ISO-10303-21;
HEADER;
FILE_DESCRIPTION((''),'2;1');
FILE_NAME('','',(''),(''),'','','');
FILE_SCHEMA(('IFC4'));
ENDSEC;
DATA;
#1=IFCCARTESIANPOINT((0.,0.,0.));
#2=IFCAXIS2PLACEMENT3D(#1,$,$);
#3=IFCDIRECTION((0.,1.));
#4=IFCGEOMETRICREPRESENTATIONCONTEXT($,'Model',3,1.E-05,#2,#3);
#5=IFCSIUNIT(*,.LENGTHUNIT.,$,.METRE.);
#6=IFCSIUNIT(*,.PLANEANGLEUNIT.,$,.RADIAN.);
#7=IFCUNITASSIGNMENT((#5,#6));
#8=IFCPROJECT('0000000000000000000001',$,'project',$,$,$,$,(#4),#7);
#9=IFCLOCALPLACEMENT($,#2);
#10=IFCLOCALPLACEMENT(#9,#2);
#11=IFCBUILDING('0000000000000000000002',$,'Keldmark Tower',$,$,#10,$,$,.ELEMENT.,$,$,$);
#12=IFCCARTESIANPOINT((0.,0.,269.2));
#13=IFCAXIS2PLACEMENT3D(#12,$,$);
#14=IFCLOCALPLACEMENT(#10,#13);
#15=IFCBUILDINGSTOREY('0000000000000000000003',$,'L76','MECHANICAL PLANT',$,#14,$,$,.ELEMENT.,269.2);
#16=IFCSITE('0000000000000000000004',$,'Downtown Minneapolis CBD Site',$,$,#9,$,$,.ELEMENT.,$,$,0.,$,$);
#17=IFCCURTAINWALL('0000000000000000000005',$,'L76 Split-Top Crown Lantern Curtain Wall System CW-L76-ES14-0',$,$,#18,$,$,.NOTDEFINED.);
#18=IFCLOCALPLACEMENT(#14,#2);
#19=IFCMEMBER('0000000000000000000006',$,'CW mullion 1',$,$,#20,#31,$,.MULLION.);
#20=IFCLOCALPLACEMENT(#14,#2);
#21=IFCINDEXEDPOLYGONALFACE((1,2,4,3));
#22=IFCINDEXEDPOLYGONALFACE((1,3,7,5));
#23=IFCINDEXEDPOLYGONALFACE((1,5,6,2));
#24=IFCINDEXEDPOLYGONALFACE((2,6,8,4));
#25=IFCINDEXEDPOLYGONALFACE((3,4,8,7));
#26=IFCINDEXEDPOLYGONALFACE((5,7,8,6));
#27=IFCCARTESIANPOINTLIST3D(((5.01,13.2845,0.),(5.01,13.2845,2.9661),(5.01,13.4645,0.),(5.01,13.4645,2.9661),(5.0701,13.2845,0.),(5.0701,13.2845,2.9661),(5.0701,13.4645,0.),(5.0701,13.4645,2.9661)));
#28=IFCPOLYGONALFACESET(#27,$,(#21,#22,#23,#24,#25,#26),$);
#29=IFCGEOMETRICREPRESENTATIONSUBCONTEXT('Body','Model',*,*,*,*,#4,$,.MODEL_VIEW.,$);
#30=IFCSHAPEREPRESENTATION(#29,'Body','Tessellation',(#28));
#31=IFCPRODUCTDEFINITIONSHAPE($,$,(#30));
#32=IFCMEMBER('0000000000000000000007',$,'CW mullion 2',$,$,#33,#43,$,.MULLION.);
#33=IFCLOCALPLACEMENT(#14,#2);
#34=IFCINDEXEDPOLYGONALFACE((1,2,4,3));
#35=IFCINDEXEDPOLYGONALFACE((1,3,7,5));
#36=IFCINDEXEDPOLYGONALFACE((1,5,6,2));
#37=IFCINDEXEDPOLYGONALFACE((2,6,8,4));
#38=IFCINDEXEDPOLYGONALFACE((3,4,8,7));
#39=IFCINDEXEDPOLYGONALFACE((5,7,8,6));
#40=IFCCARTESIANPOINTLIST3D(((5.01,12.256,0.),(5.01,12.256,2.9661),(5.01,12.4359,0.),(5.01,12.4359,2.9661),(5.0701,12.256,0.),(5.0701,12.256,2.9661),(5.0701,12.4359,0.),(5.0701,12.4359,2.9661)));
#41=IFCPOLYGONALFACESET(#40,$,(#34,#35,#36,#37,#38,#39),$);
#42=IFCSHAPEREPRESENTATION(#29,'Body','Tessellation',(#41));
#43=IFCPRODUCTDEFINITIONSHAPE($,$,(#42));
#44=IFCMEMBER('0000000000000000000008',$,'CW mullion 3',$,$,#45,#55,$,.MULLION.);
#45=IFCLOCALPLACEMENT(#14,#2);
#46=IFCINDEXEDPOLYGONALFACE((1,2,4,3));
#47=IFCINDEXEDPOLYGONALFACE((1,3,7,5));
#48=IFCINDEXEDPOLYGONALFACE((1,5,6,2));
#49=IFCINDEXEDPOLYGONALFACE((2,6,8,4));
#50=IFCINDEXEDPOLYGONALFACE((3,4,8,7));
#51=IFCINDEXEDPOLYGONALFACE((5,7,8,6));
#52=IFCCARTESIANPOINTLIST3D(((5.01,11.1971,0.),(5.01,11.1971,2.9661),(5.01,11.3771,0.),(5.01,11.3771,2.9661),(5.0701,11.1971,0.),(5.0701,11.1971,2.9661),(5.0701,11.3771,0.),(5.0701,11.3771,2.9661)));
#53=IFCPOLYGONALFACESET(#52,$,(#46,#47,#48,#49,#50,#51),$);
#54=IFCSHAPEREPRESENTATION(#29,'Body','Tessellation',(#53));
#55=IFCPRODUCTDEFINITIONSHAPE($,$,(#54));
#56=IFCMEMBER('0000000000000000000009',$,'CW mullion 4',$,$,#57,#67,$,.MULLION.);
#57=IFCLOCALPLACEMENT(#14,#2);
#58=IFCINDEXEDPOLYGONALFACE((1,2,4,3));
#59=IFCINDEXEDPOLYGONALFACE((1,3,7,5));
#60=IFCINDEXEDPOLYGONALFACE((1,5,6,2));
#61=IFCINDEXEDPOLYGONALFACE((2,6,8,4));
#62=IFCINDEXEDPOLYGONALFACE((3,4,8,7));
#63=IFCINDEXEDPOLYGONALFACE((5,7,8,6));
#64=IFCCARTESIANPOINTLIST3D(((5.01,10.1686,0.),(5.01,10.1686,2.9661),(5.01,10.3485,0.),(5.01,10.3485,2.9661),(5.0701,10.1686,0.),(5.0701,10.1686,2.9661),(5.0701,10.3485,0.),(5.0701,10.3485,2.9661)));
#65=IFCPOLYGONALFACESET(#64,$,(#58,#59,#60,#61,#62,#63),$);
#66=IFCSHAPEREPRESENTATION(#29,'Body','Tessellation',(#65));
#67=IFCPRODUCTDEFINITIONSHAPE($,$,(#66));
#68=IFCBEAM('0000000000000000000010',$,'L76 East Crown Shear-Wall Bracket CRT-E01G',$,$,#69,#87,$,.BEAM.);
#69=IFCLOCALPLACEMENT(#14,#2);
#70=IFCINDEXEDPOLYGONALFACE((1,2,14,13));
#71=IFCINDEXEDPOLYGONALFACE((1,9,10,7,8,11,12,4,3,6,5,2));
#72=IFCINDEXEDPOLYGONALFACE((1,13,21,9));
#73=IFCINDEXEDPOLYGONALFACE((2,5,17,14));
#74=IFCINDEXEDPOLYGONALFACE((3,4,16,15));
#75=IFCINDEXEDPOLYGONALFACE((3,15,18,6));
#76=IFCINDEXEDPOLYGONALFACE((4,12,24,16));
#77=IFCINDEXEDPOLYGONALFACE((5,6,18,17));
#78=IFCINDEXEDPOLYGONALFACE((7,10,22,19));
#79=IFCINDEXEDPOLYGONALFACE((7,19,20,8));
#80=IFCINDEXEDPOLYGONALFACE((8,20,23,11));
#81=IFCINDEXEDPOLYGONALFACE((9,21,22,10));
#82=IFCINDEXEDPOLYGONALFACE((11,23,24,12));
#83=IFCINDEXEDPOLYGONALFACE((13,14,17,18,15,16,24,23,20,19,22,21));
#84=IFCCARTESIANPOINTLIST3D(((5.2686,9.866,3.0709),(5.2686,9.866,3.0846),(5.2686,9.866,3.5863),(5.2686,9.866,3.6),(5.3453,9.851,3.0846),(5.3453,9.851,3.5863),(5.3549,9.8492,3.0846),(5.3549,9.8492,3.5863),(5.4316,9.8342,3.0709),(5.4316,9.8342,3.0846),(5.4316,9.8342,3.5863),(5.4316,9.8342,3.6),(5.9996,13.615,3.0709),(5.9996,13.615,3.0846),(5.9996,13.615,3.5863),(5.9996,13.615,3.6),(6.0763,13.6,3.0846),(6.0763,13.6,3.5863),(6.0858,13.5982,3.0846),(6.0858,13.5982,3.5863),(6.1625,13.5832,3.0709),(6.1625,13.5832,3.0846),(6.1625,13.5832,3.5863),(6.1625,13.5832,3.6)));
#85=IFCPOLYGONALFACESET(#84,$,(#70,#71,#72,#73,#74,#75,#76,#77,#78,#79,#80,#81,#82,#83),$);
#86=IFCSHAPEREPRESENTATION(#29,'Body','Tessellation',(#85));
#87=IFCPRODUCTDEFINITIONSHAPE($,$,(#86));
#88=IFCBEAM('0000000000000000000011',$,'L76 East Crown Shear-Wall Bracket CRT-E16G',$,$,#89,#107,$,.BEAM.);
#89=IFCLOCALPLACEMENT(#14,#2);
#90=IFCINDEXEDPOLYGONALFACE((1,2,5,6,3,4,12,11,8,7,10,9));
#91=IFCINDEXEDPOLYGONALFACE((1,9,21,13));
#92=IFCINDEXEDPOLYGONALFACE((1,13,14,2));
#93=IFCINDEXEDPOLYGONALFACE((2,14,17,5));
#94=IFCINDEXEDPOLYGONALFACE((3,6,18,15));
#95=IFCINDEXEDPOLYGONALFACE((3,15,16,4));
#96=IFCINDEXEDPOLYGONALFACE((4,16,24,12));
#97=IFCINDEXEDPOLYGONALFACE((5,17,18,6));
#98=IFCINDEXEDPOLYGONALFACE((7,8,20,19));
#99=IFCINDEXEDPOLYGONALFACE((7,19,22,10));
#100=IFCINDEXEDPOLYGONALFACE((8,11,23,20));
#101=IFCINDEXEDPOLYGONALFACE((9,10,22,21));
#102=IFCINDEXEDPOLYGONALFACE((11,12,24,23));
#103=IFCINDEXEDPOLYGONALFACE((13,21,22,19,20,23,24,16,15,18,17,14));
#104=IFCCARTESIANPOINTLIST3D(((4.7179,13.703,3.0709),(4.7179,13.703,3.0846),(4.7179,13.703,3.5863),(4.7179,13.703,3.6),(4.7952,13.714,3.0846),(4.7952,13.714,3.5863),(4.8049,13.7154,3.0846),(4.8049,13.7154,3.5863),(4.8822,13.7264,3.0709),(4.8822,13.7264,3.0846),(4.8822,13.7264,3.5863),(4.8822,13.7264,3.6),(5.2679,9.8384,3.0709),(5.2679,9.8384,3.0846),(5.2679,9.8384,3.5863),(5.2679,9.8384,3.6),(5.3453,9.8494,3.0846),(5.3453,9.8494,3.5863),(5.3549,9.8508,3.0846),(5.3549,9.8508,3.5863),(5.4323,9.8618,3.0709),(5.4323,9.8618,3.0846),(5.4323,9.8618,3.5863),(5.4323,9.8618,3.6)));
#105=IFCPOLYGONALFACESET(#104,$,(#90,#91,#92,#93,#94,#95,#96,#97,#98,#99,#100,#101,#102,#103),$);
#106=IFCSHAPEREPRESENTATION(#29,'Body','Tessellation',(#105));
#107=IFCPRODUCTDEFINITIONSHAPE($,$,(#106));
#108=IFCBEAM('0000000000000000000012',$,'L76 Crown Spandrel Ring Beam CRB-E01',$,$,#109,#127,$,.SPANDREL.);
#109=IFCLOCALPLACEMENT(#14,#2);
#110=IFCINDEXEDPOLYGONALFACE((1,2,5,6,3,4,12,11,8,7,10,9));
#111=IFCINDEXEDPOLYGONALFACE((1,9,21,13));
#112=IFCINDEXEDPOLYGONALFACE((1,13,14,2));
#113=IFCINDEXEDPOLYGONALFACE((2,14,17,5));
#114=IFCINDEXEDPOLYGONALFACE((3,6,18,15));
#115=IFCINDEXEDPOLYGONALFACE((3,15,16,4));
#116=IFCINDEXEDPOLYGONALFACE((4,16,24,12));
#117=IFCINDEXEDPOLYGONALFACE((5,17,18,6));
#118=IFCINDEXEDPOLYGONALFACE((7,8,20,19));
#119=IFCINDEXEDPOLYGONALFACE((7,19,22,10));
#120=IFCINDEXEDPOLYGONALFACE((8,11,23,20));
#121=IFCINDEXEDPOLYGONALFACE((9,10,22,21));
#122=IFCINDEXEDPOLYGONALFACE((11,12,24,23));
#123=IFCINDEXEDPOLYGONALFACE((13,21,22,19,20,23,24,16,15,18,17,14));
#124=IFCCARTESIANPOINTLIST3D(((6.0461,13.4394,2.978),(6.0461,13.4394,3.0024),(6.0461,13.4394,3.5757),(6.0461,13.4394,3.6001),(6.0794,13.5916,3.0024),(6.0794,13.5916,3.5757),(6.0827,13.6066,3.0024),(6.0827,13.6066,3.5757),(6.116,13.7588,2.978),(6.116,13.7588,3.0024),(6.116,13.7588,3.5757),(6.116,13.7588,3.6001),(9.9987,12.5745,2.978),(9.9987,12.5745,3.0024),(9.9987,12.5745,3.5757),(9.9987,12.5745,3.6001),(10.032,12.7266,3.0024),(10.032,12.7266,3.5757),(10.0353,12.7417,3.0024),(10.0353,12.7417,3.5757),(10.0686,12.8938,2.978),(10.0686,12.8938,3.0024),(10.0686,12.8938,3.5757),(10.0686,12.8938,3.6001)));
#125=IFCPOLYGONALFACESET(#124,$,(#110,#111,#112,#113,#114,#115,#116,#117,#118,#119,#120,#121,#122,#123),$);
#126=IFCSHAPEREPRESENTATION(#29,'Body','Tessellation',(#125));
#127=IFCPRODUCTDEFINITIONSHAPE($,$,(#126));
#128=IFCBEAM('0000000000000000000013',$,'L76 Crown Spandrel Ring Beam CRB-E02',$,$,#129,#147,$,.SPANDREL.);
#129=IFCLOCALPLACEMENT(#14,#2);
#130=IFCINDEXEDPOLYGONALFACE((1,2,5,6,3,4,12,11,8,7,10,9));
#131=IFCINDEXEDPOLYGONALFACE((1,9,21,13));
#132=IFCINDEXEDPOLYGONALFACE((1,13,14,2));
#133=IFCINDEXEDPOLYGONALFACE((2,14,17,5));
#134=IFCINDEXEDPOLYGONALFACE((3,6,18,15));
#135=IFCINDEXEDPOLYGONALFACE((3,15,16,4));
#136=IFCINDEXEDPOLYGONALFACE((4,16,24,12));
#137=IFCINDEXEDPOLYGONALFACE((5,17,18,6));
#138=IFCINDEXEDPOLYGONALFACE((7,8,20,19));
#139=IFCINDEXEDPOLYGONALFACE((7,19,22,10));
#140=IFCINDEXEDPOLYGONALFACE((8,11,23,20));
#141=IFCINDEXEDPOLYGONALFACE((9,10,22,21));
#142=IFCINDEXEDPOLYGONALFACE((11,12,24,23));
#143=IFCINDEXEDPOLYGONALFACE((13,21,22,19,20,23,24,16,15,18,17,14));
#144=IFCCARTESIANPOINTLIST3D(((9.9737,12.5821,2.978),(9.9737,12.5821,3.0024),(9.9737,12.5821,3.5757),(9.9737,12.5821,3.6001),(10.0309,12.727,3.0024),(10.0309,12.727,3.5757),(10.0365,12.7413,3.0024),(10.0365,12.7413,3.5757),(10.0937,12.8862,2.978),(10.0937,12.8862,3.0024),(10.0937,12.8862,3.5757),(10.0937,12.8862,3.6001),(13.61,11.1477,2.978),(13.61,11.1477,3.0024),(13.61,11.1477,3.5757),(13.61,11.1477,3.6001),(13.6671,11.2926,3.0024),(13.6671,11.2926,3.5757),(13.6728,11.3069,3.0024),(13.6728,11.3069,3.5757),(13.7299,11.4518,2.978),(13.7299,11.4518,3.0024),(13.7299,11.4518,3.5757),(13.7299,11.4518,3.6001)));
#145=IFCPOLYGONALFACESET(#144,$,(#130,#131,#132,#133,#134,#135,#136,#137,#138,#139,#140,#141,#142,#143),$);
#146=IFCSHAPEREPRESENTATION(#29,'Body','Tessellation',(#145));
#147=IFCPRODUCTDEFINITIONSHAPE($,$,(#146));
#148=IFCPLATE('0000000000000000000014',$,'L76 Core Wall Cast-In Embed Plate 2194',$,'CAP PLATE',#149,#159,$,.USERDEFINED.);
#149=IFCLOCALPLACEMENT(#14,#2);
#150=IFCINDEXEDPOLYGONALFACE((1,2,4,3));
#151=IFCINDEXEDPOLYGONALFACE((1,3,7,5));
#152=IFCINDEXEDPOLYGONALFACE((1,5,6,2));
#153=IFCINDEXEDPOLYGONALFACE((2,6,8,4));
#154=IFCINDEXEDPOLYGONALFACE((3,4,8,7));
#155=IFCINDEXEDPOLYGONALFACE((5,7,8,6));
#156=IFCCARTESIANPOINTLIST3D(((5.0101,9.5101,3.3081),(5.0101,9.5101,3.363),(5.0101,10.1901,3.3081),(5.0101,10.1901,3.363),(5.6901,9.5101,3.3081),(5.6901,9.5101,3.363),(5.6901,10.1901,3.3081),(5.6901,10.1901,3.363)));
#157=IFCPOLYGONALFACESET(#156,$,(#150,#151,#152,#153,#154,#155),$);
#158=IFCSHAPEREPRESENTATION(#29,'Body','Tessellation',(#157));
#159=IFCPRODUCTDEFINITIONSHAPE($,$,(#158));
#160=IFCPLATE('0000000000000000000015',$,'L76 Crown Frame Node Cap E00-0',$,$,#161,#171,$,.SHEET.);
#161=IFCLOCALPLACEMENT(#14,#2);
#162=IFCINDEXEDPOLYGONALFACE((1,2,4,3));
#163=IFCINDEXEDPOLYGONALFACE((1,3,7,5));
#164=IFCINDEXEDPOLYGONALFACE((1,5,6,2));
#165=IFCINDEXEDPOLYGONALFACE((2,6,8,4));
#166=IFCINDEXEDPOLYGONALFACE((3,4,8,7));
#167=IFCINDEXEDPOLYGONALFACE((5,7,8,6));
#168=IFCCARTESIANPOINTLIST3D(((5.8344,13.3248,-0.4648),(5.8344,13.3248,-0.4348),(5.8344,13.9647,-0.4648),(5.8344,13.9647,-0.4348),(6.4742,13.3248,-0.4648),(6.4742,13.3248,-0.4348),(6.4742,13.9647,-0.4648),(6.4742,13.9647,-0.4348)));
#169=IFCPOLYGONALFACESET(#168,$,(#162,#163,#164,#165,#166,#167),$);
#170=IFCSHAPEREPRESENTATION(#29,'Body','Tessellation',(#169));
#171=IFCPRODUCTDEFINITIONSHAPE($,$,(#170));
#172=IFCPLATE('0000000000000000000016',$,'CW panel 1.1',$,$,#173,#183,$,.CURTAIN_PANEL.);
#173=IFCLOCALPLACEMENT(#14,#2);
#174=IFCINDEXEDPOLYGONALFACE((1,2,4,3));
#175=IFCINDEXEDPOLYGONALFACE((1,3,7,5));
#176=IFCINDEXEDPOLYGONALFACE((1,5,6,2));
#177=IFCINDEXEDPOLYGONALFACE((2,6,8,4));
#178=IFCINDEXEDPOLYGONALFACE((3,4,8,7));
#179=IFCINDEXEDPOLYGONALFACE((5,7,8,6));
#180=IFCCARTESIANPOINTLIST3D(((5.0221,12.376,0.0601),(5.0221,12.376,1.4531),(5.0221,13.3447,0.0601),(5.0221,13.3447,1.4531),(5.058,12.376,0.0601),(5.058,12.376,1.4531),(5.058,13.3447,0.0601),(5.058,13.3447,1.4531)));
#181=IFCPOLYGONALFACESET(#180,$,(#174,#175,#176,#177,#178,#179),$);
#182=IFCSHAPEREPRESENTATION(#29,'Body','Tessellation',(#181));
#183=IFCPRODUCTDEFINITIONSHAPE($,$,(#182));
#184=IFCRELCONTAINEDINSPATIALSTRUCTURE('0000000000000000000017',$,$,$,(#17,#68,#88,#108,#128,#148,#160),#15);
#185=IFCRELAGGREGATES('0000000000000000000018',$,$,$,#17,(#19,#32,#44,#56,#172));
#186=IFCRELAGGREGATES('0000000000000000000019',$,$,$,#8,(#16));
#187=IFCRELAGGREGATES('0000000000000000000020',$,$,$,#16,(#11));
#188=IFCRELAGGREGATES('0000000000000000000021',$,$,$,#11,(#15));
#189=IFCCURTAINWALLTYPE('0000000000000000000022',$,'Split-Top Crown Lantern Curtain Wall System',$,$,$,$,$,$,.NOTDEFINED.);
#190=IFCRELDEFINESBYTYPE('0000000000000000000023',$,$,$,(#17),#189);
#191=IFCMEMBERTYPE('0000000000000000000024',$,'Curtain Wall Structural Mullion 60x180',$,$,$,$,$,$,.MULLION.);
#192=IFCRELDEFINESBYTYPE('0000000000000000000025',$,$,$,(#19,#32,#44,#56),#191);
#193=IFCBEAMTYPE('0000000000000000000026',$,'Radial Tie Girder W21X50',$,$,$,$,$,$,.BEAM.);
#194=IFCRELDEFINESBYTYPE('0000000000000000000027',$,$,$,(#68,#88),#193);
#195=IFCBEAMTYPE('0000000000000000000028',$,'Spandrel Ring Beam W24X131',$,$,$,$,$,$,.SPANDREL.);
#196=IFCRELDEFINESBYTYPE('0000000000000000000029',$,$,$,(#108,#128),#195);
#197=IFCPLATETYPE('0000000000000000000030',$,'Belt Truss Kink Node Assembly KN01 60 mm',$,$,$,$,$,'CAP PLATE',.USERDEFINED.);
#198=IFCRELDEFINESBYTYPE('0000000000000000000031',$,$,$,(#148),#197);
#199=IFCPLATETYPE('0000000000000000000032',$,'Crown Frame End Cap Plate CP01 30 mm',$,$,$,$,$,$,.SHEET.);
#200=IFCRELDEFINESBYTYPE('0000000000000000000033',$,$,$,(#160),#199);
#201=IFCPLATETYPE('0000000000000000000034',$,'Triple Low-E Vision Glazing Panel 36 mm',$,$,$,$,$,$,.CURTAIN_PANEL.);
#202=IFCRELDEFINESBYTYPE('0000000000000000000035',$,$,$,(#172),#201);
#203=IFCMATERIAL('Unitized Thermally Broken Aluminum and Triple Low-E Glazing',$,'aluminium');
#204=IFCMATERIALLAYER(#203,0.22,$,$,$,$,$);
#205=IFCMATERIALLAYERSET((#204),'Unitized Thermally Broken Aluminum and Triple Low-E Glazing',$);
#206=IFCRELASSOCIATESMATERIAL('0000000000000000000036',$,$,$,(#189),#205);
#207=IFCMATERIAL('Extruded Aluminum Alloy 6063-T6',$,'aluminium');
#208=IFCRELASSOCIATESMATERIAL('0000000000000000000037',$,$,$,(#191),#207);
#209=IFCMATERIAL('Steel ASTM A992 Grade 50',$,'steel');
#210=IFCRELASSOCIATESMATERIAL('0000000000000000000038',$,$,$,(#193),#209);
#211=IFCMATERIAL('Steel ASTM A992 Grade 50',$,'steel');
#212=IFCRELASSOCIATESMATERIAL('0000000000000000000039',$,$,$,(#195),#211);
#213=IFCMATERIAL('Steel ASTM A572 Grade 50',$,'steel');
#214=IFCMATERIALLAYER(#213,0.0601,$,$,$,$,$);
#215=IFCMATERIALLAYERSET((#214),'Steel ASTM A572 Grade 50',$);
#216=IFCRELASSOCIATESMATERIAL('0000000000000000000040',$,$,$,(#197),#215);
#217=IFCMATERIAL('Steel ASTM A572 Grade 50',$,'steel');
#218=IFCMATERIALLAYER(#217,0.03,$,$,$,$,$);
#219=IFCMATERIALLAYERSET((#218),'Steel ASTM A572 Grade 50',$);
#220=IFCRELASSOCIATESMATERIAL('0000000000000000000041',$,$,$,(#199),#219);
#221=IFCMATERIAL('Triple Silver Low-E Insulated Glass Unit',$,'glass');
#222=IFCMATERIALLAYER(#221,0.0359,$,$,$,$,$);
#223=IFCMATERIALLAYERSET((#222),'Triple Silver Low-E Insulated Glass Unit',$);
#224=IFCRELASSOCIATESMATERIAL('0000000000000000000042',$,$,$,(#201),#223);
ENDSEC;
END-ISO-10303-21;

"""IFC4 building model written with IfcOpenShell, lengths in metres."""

from ifc_helpers import new_model, si_unit, direction, frame, origin, origin_2d, place, context, subcontext, project, spatial, rectangle, i_section, extrude, material, layer, layer_set, material_profile, profile_set, type_object, element, aggregate, save


model = new_model("IFC4")

# Units and contexts
model_context = context("Model", 3, precision=1e-05, world=origin(), true_north=direction((0.0, 1.0)))
body_context = subcontext(model_context, "Body", "Model", "MODEL_VIEW")
ifc_project = project(units=[si_unit("LENGTHUNIT", "METRE"), si_unit("PLANEANGLEUNIT", "RADIAN")], contexts=[model_context])

# Site, building, storey
site_placement = place(None, origin())
site = spatial("IfcSite", under=ifc_project, at=site_placement, Name="Downtown Minneapolis CBD Site", CompositionType="ELEMENT", RefElevation=0.0)
building_placement = place(site_placement, origin())
building = spatial("IfcBuilding", under=site, at=building_placement, Name="Keldmark Tower", CompositionType="ELEMENT")
storey_placement = place(building_placement, frame((0.0, 0.0, 269.2)))
storey = spatial("IfcBuildingStorey", under=building, at=storey_placement, Name="L76", Description="MECHANICAL PLANT", CompositionType="ELEMENT", Elevation=269.2)

# Curtain wall, members
ifc_material_1 = material(Name="Unitized Thermally Broken Aluminum and Triple Low-E Glazing", Category="aluminium")
ifc_layer_1 = layer(ifc_material_1, 0.22)
ifc_layer_set_1 = layer_set([ifc_layer_1], Name="Unitized Thermally Broken Aluminum and Triple Low-E Glazing")
curtain_wall_type = type_object("IfcCurtainWallType", Name="Split-Top Crown Lantern Curtain Wall System", PredefinedType="NOTDEFINED", material=ifc_layer_set_1)
curtain_wall_placement = place(storey_placement, origin())
curtain_wall = element("IfcCurtainWall", 1, at=curtain_wall_placement, inside=storey, type_object=curtain_wall_type, Name="L76 Split-Top Crown Lantern Curtain Wall System CW-L76-ES14-0", PredefinedType="NOTDEFINED")
ifc_material_2 = material(Name="Extruded Aluminum Alloy 6063-T6", Category="aluminium")
ifc_material_profile_1 = material_profile(ifc_material_2, rectangle(XDim=0.0601, YDim=0.1799, at=origin_2d()), Name="CWM60X180")
ifc_profile_set_1 = profile_set([ifc_material_profile_1], Name="Extruded Aluminum Alloy 6063-T6")
member_type_1 = type_object("IfcMemberType", Name="Curtain Wall Structural Mullion 60x180", PredefinedType="MULLION", material=ifc_profile_set_1)
member_1_placement = place(storey_placement, frame((5.04, 13.3745, 0.0), z_axis=(0.0, 0.0, 1.0), x_axis=(1.0, 0.0, 0.0)))
member_1 = element("IfcMember", 2, at=member_1_placement, type_object=member_type_1, Name="CW mullion 1", PredefinedType="MULLION", context=body_context, shape_type="SweptSolid", body=[
    extrude(rectangle(XDim=0.0601, YDim=0.1799, at=origin_2d()), origin(), (0.0, 0.0, 1.0), 2.9661),
])
member_2_placement = place(storey_placement, frame((5.04, 12.3459, 0.0), z_axis=(0.0, 0.0, 1.0), x_axis=(1.0, 0.0, 0.0)))
member_2 = element("IfcMember", 3, at=member_2_placement, type_object=member_type_1, Name="CW mullion 2", PredefinedType="MULLION", context=body_context, shape_type="SweptSolid", body=[
    extrude(rectangle(XDim=0.0601, YDim=0.1799, at=origin_2d()), origin(), (0.0, 0.0, 1.0), 2.9661),
])
member_3_placement = place(storey_placement, frame((5.04, 11.2871, 0.0), z_axis=(0.0, 0.0, 1.0), x_axis=(1.0, 0.0, 0.0)))
member_3 = element("IfcMember", 4, at=member_3_placement, type_object=member_type_1, Name="CW mullion 3", PredefinedType="MULLION", context=body_context, shape_type="SweptSolid", body=[
    extrude(rectangle(XDim=0.0601, YDim=0.1799, at=origin_2d()), origin(), (0.0, 0.0, 1.0), 2.9661),
])
member_4_placement = place(storey_placement, frame((5.04, 10.2585, 0.0), z_axis=(0.0, 0.0, 1.0), x_axis=(1.0, 0.0, 0.0)))
member_4 = element("IfcMember", 5, at=member_4_placement, type_object=member_type_1, Name="CW mullion 4", PredefinedType="MULLION", context=body_context, shape_type="SweptSolid", body=[
    extrude(rectangle(XDim=0.0601, YDim=0.1799, at=origin_2d()), origin(), (0.0, 0.0, 1.0), 2.9661),
])

# Beams
ifc_material_3 = material(Name="Steel ASTM A992 Grade 50", Category="steel")
ifc_material_profile_2 = material_profile(ifc_material_3, i_section(OverallWidth=0.166, OverallDepth=0.5291, WebThickness=0.0098, FlangeThickness=0.0137, at=origin_2d()), Name="W21X50")
ifc_profile_set_2 = profile_set([ifc_material_profile_2], Name="Steel ASTM A992 Grade 50")
beam_type_1 = type_object("IfcBeamType", Name="Radial Tie Girder W21X50", PredefinedType="BEAM", material=ifc_profile_set_2)
beam_1_placement = place(storey_placement, frame((5.3501, 9.8501, 3.3354), z_axis=(0.191369, 0.981518, 0.0), x_axis=(-0.981518, 0.191369, 0.0)))
element("IfcBeam", 6, at=beam_1_placement, inside=storey, type_object=beam_type_1, Name="L76 East Crown Shear-Wall Bracket CRT-E01G", PredefinedType="BEAM", context=body_context, shape_type="SweptSolid", body=[
    extrude(i_section(OverallWidth=0.166, OverallDepth=0.5291, WebThickness=0.0098, FlangeThickness=0.0137, at=origin_2d()), origin(), (0.0, 0.0, 1.0), 3.8196),
])
beam_2_placement = place(storey_placement, frame((5.3501, 9.8501, 3.3354), z_axis=(-0.140913, 0.990022, 0.0), x_axis=(-0.990022, -0.140913, 0.0)))
element("IfcBeam", 7, at=beam_2_placement, inside=storey, type_object=beam_type_1, Name="L76 East Crown Shear-Wall Bracket CRT-E16G", PredefinedType="BEAM", context=body_context, shape_type="SweptSolid", body=[
    extrude(i_section(OverallWidth=0.166, OverallDepth=0.5291, WebThickness=0.0098, FlangeThickness=0.0137, at=origin_2d()), origin(), (0.0, 0.0, 1.0), 3.9036),
])
ifc_material_4 = material(Name="Steel ASTM A992 Grade 50", Category="steel")
ifc_material_profile_3 = material_profile(ifc_material_4, i_section(OverallWidth=0.3269, OverallDepth=0.6221, WebThickness=0.0154, FlangeThickness=0.0244, at=origin_2d()), Name="W24X131")
ifc_profile_set_3 = profile_set([ifc_material_profile_3], Name="Steel ASTM A992 Grade 50")
beam_type_2 = type_object("IfcBeamType", Name="Spandrel Ring Beam W24X131", PredefinedType="SPANDREL", material=ifc_profile_set_3)
beam_3_placement = place(storey_placement, frame((6.0811, 13.5991, 3.2891), z_axis=(0.976882, -0.21378, 0.0), x_axis=(0.21378, 0.976882, 0.0)))
element("IfcBeam", 8, at=beam_3_placement, inside=storey, type_object=beam_type_2, Name="L76 Crown Spandrel Ring Beam CRB-E01", PredefinedType="SPANDREL", context=body_context, shape_type="SweptSolid", body=[
    extrude(i_section(OverallWidth=0.3269, OverallDepth=0.6221, WebThickness=0.0154, FlangeThickness=0.0244, at=origin_2d()), origin(), (0.0, 0.0, 1.0), 4.0461),
])
beam_4_placement = place(storey_placement, frame((10.0337, 12.7341, 3.2891), z_axis=(0.930245, -0.366939, 0.0), x_axis=(0.366939, 0.930245, 0.0)))
element("IfcBeam", 9, at=beam_4_placement, inside=storey, type_object=beam_type_2, Name="L76 Crown Spandrel Ring Beam CRB-E02", PredefinedType="SPANDREL", context=body_context, shape_type="SweptSolid", body=[
    extrude(i_section(OverallWidth=0.3269, OverallDepth=0.6221, WebThickness=0.0154, FlangeThickness=0.0244, at=origin_2d()), origin(), (0.0, 0.0, 1.0), 3.9089),
])

# Plates
ifc_material_5 = material(Name="Steel ASTM A572 Grade 50", Category="steel")
ifc_layer_2 = layer(ifc_material_5, 0.0601)
ifc_layer_set_2 = layer_set([ifc_layer_2], Name="Steel ASTM A572 Grade 50")
plate_type_1 = type_object("IfcPlateType", Name="Belt Truss Kink Node Assembly KN01 60 mm", ElementType="CAP PLATE", PredefinedType="USERDEFINED", material=ifc_layer_set_2)
plate_1_placement = place(storey_placement, frame((5.3501, 9.8501, 3.3081), z_axis=(0.0, 0.0, 1.0), x_axis=(1.0, 0.0, 0.0)))
element("IfcPlate", 10, at=plate_1_placement, inside=storey, type_object=plate_type_1, Name="L76 Core Wall Cast-In Embed Plate 2194", ObjectType="CAP PLATE", PredefinedType="USERDEFINED", context=body_context, shape_type="SweptSolid", body=[
    extrude(rectangle(XDim=0.6799, YDim=0.6799, at=origin_2d()), origin(), (0.0, 0.0, 1.0), 0.0549),
])
ifc_material_6 = material(Name="Steel ASTM A572 Grade 50", Category="steel")
ifc_layer_3 = layer(ifc_material_6, 0.03)
ifc_layer_set_3 = layer_set([ifc_layer_3], Name="Steel ASTM A572 Grade 50")
plate_type_2 = type_object("IfcPlateType", Name="Crown Frame End Cap Plate CP01 30 mm", PredefinedType="SHEET", material=ifc_layer_set_3)
plate_2_placement = place(storey_placement, frame((6.1543, 13.6448, -0.4648), z_axis=(0.0, 0.0, 1.0), x_axis=(1.0, 0.0, 0.0)))
element("IfcPlate", 11, at=plate_2_placement, inside=storey, type_object=plate_type_2, Name="L76 Crown Frame Node Cap E00-0", PredefinedType="SHEET", context=body_context, shape_type="SweptSolid", body=[
    extrude(rectangle(XDim=0.6399, YDim=0.6399, at=origin_2d()), origin(), (0.0, 0.0, 1.0), 0.03),
])

# Plate
ifc_material_7 = material(Name="Triple Silver Low-E Insulated Glass Unit", Category="glass")
ifc_layer_4 = layer(ifc_material_7, 0.0359)
ifc_layer_set_4 = layer_set([ifc_layer_4], Name="Triple Silver Low-E Insulated Glass Unit")
plate_type_3 = type_object("IfcPlateType", Name="Triple Low-E Vision Glazing Panel 36 mm", PredefinedType="CURTAIN_PANEL", material=ifc_layer_set_4)
plate_3_placement = place(storey_placement, frame((5.04, 12.8604, 0.0601), z_axis=(0.0, 0.0, 1.0), x_axis=(0.0, -1.0, 0.0)))
plate_3 = element("IfcPlate", 12, at=plate_3_placement, type_object=plate_type_3, Name="CW panel 1.1", PredefinedType="CURTAIN_PANEL", context=body_context, shape_type="SweptSolid", body=[
    extrude(rectangle(XDim=0.9688, YDim=0.0359, at=origin_2d()), origin(), (0.0, 0.0, 1.0), 1.3931),
])
aggregate(curtain_wall, [member_1, member_2, member_3, member_4, plate_3])

save(model, "model.ifc")
